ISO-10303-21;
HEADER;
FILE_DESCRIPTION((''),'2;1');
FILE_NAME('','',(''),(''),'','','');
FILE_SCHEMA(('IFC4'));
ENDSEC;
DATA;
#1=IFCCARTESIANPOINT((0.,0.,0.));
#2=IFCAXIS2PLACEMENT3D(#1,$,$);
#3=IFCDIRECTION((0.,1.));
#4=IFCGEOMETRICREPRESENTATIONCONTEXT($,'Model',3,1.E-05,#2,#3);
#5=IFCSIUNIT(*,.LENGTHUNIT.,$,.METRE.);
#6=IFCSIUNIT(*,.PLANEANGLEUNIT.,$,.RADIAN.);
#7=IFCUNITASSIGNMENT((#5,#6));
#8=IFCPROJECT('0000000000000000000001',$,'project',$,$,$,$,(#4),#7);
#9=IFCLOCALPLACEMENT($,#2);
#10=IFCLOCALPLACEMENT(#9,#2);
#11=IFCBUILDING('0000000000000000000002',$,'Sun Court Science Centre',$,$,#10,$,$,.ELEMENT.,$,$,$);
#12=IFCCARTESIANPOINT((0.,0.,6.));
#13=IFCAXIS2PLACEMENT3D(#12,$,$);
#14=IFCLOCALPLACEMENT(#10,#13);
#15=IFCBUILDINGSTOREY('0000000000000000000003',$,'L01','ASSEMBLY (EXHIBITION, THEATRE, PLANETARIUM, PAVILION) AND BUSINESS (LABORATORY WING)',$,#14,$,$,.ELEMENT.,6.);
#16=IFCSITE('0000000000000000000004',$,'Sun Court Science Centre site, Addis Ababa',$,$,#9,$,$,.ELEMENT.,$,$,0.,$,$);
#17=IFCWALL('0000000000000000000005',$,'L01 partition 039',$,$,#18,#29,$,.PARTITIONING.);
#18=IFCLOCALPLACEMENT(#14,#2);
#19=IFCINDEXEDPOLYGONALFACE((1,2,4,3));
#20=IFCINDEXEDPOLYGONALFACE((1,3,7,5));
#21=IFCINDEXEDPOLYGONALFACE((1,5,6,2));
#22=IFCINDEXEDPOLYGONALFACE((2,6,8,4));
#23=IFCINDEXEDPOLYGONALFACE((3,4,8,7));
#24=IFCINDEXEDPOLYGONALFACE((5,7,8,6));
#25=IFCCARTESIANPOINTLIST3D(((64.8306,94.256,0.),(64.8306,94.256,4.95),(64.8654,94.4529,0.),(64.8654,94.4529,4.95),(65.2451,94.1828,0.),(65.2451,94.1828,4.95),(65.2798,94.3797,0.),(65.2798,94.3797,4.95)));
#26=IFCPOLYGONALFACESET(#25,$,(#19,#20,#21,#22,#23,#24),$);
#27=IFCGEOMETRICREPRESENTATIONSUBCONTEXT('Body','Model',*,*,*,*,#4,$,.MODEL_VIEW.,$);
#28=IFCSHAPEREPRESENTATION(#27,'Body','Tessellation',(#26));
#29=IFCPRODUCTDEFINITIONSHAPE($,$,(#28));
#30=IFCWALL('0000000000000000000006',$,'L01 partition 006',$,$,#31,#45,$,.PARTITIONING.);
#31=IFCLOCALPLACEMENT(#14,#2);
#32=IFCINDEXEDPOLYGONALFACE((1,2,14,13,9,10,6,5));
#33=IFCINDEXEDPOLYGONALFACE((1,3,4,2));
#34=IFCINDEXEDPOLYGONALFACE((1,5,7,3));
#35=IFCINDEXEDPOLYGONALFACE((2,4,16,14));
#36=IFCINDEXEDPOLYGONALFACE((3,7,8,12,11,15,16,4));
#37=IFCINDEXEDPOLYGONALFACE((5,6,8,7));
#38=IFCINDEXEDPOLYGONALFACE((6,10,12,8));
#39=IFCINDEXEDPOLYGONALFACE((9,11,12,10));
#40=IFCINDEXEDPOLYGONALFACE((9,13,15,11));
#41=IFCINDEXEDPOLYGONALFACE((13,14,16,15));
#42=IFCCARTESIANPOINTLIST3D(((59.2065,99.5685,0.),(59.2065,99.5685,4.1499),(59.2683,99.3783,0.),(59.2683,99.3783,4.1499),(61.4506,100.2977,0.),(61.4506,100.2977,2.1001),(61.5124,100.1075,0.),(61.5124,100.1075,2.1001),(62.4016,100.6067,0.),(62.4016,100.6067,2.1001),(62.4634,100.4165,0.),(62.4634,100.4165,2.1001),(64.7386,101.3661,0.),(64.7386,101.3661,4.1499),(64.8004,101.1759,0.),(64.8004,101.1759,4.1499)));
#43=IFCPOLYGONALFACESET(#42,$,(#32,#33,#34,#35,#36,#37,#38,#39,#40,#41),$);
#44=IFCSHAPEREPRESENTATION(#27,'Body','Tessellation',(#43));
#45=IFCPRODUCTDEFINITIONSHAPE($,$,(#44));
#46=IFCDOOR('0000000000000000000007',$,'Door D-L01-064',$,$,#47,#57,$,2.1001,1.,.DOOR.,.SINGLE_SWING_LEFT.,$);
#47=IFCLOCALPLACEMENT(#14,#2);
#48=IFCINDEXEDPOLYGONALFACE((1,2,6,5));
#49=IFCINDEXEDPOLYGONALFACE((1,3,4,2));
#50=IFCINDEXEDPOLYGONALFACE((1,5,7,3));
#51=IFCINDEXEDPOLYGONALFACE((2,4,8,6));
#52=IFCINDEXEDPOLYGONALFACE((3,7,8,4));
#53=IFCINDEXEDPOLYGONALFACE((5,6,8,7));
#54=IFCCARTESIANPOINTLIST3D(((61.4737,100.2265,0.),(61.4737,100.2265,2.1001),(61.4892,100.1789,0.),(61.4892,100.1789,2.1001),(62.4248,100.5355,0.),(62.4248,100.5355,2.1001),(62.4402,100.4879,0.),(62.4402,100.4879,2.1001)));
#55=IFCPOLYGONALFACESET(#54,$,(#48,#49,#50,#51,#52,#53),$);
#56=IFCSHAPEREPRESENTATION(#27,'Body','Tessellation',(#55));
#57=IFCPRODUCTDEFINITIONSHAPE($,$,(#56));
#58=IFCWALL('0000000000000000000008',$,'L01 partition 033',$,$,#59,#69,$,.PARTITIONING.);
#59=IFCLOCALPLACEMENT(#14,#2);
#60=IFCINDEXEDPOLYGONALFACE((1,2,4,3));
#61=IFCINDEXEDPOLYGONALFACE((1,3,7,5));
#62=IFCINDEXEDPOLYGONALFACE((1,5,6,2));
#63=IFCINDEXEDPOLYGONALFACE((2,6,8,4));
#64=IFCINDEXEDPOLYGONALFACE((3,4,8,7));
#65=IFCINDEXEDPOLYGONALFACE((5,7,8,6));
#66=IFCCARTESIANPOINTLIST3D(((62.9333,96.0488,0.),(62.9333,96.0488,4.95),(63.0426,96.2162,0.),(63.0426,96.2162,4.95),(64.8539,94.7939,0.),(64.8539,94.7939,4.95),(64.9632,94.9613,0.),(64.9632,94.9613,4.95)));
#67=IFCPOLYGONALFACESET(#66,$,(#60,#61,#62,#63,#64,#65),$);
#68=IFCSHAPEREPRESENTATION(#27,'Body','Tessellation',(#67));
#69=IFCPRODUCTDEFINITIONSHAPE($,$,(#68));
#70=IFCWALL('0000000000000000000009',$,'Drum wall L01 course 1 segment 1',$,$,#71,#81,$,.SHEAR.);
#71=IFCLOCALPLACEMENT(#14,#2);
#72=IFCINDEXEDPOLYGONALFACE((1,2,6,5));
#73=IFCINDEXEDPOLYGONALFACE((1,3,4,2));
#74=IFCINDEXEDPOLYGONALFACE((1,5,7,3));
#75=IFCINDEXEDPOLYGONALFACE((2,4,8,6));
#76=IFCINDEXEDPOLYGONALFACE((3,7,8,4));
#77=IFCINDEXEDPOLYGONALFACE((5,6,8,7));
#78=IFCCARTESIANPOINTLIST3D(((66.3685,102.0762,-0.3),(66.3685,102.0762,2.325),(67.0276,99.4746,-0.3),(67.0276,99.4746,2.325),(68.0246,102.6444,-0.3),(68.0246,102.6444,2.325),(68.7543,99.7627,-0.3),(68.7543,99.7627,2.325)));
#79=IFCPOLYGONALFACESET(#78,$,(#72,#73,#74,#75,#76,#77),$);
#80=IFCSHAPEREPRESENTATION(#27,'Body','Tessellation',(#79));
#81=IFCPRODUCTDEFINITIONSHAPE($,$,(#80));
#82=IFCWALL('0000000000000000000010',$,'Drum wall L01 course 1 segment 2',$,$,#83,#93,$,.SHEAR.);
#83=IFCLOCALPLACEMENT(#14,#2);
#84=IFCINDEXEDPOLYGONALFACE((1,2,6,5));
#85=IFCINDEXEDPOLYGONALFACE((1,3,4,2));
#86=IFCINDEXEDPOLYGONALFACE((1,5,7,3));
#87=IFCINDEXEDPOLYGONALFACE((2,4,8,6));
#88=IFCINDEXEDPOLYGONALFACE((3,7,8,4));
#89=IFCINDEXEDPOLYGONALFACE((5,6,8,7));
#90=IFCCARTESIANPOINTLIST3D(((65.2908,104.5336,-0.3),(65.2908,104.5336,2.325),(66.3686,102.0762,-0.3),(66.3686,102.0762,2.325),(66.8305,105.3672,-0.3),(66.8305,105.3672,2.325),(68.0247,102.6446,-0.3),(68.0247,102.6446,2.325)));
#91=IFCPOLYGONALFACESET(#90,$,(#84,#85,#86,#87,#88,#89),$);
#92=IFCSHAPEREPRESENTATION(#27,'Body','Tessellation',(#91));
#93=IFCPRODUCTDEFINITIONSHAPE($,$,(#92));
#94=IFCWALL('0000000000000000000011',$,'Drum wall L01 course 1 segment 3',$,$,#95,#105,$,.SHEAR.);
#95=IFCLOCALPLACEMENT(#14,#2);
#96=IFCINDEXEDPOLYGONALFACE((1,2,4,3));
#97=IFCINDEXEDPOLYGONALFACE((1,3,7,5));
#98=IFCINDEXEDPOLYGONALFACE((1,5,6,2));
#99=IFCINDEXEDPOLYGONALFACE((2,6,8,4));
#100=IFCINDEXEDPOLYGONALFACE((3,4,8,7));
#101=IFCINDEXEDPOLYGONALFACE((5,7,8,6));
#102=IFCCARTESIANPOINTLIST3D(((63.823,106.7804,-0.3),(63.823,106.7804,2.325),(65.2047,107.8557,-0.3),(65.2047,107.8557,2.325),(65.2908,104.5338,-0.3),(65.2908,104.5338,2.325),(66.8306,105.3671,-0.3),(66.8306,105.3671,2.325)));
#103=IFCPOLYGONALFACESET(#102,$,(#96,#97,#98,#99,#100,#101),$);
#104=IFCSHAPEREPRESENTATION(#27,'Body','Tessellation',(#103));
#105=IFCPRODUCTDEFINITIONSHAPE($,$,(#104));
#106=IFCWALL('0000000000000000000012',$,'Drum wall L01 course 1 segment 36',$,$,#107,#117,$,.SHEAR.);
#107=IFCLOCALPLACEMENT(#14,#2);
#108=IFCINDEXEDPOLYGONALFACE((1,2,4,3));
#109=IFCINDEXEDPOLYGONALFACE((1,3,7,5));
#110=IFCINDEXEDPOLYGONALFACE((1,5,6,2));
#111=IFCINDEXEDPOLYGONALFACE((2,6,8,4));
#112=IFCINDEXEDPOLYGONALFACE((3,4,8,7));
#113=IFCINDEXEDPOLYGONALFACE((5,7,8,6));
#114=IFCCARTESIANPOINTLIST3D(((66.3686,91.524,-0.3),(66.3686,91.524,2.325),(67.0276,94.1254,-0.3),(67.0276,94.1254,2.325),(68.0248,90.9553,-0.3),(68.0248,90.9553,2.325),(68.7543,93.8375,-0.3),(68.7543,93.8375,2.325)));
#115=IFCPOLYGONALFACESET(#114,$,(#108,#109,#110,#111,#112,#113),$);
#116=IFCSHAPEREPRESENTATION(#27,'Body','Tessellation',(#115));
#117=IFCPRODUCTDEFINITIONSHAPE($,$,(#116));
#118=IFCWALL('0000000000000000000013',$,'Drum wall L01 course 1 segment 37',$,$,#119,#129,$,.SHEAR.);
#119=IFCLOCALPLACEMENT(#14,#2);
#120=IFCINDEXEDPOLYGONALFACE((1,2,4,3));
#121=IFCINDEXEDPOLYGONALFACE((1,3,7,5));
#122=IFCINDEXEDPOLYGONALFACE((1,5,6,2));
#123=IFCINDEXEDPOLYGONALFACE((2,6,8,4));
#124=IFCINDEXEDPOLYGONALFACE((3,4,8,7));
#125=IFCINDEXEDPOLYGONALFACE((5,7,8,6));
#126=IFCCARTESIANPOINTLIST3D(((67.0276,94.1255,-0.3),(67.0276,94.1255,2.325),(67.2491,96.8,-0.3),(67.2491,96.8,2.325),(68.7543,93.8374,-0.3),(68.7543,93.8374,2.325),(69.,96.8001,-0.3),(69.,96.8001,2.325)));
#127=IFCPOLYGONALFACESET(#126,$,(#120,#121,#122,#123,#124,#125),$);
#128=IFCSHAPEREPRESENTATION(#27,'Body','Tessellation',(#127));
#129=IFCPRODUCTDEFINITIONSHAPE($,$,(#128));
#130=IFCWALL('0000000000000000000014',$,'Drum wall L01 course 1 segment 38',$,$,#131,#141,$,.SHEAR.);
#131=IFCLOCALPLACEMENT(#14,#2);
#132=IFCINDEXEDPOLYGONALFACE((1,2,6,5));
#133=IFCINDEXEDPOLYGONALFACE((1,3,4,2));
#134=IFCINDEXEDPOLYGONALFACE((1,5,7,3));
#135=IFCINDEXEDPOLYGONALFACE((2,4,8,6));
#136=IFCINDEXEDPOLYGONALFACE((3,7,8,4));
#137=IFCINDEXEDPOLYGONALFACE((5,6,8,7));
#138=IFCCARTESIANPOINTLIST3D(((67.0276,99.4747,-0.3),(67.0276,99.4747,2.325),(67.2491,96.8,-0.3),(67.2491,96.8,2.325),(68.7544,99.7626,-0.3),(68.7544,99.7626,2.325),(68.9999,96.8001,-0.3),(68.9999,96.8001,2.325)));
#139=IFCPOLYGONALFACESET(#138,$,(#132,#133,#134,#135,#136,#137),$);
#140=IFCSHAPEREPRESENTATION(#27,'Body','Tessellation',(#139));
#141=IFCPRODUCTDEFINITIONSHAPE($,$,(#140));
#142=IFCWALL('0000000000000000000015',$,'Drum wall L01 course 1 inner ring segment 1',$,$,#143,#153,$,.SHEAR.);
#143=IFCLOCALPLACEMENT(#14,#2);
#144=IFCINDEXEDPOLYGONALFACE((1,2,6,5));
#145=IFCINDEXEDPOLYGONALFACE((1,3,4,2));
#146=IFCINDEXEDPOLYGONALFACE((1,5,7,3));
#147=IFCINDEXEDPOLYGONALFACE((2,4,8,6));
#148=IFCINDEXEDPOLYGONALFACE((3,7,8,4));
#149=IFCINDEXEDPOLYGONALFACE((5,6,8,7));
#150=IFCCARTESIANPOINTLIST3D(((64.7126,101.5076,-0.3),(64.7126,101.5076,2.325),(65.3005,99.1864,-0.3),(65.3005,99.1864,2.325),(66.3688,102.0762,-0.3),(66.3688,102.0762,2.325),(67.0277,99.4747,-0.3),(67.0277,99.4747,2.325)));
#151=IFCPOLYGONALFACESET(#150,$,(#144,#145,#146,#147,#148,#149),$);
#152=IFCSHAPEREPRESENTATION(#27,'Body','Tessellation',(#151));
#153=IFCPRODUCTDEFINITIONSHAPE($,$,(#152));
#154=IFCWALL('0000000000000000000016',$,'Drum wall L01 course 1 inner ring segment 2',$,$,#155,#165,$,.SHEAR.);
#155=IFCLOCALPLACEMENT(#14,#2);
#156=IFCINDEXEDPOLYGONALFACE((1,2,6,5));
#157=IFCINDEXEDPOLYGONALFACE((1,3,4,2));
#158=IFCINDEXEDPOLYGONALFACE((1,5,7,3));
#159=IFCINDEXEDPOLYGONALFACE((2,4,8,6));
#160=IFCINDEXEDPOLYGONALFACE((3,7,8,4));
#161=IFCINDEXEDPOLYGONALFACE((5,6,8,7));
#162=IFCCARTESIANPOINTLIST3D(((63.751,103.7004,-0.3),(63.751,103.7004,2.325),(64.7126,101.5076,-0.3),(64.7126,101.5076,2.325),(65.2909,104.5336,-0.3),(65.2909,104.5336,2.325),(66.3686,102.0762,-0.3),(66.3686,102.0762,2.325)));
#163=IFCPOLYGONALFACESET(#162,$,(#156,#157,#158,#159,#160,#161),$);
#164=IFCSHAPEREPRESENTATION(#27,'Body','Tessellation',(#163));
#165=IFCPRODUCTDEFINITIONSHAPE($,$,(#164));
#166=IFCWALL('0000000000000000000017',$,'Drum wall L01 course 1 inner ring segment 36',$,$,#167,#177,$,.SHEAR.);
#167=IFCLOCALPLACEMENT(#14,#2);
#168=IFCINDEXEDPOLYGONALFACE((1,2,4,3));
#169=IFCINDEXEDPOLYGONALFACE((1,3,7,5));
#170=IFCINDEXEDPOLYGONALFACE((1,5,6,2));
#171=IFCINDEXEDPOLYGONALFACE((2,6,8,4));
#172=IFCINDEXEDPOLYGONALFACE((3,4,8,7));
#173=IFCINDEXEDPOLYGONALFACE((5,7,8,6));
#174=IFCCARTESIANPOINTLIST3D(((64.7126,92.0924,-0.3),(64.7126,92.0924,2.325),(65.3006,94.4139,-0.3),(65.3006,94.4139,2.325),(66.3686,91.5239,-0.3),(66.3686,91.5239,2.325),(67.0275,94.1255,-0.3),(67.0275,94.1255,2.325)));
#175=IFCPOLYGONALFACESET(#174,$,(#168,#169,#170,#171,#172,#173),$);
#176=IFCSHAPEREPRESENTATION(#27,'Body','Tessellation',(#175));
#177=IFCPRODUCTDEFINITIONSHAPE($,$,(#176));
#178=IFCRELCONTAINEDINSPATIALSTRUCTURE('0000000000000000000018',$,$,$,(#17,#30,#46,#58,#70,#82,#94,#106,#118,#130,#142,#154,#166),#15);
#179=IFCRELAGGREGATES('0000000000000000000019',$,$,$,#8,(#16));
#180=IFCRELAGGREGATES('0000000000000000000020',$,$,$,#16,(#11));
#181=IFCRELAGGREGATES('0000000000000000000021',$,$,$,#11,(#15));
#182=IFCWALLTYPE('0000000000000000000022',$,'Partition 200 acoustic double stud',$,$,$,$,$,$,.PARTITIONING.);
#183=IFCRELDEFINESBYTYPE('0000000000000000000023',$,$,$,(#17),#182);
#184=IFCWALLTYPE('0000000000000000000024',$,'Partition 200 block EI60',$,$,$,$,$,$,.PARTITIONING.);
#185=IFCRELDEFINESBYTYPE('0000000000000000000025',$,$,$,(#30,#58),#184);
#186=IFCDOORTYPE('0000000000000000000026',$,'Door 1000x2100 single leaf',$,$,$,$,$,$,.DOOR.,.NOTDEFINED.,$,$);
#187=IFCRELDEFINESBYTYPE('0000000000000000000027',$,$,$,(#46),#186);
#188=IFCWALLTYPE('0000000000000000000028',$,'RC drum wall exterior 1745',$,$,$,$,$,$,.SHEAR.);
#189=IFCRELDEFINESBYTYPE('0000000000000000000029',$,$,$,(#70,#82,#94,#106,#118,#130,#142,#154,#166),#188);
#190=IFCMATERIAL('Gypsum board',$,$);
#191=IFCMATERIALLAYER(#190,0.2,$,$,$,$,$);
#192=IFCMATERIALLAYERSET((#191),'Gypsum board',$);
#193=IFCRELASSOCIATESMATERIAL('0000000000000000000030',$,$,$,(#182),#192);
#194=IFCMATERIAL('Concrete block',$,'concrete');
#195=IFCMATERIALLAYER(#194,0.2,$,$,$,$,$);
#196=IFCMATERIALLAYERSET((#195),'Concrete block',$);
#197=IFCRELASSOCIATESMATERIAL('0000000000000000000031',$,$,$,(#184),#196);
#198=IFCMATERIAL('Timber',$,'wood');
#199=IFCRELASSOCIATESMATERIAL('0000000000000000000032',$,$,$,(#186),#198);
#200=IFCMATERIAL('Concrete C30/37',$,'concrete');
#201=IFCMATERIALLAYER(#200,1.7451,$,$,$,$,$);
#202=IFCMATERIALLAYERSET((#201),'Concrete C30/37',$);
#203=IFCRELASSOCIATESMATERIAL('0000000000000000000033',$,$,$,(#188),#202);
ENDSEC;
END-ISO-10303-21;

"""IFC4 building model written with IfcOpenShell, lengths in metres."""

from ifc_helpers import new_model, si_unit, direction, frame, frame_2d, origin, place, context, subcontext, project, spatial, polyline, rectangle, outline, extrude, material, layer, layer_set, type_object, element, fill, save


model = new_model("IFC4")

# Units and contexts
model_context = context("Model", 3, precision=1e-05, world=origin(), true_north=direction((0.0, 1.0)))
body_context = subcontext(model_context, "Body", "Model", "MODEL_VIEW")
ifc_project = project(units=[si_unit("LENGTHUNIT", "METRE"), si_unit("PLANEANGLEUNIT", "RADIAN")], contexts=[model_context])

# Site, building, storey
site_placement = place(None, origin())
site = spatial("IfcSite", under=ifc_project, at=site_placement, Name="Sun Court Science Centre site, Addis Ababa", CompositionType="ELEMENT", RefElevation=0.0)
building_placement = place(site_placement, origin())
building = spatial("IfcBuilding", under=site, at=building_placement, Name="Sun Court Science Centre", CompositionType="ELEMENT")
storey_placement = place(building_placement, frame((0.0, 0.0, 6.0)))
storey = spatial("IfcBuildingStorey", under=building, at=storey_placement, Name="L01", Description="ASSEMBLY (EXHIBITION, THEATRE, PLANETARIUM, PAVILION) AND BUSINESS (LABORATORY WING)", CompositionType="ELEMENT", Elevation=6.0)

# Wall
ifc_material_1 = material(Name="Gypsum board")
ifc_layer_1 = layer(ifc_material_1, 0.2)
ifc_layer_set_1 = layer_set([ifc_layer_1], Name="Gypsum board")
wall_type_1 = type_object("IfcWallType", Name="Partition 200 acoustic double stud", PredefinedType="PARTITIONING", material=ifc_layer_set_1)
wall_1_placement = place(storey_placement, frame((65.2625, 94.2812, 0.0), z_axis=(0.0, 0.0, 1.0), x_axis=(-0.984749, 0.173984, 0.0)))
element("IfcWall", 1, at=wall_1_placement, inside=storey, type_object=wall_type_1, Name="L01 partition 039", PredefinedType="PARTITIONING", context=body_context, shape_type="SweptSolid", body=[
    extrude(rectangle(XDim=0.4209, YDim=0.2, at=frame_2d((0.2104, 0.0))), origin(), (0.0, 0.0, 1.0), 4.95),
])

# Wall, opening, door
ifc_material_2 = material(Name="Concrete block", Category="concrete")
ifc_layer_2 = layer(ifc_material_2, 0.2)
ifc_layer_set_2 = layer_set([ifc_layer_2], Name="Concrete block")
wall_type_2 = type_object("IfcWallType", Name="Partition 200 block EI60", PredefinedType="PARTITIONING", material=ifc_layer_set_2)
wall_2_placement = place(storey_placement, frame((64.7695, 101.271, 0.0), z_axis=(0.0, 0.0, 1.0), x_axis=(-0.951053, -0.309029, 0.0)))
wall_2 = element("IfcWall", 2, at=wall_2_placement, inside=storey, type_object=wall_type_2, Name="L01 partition 006", PredefinedType="PARTITIONING", context=body_context, shape_type="SweptSolid", body=[
    extrude(rectangle(XDim=5.8169, YDim=0.2, at=frame_2d((2.9084, 0.0))), origin(), (0.0, 0.0, 1.0), 4.1499),
])
opening_placement = place(wall_2_placement, frame((2.4573, 0.0, 0.0)))
opening = element("IfcOpeningElement", 3, at=opening_placement, cuts=wall_2, PredefinedType="OPENING", context=body_context, shape_type="SweptSolid", body=[
    extrude(rectangle(XDim=1.0, YDim=2.1001, at=frame_2d((0.5, 1.05))), frame((0.0, 0.1099, 0.0), z_axis=(0.0, -1.0, 0.0), x_axis=(1.0, 0.0, 0.0)), (0.0, 0.0, 1.0), 0.22),
])
ifc_material_3 = material(Name="Timber", Category="wood")
door_type = type_object("IfcDoorType", Name="Door 1000x2100 single leaf", OperationType="NOTDEFINED", PredefinedType="DOOR", material=ifc_material_3)
door_placement = place(opening_placement, origin())
door = element("IfcDoor", 4, at=door_placement, inside=storey, type_object=door_type, Name="Door D-L01-064", OperationType="SINGLE_SWING_LEFT", OverallHeight=2.1001, OverallWidth=1.0, PredefinedType="DOOR", context=body_context, shape_type="SweptSolid", body=[
    extrude(rectangle(XDim=1.0, YDim=2.1001, at=frame_2d((0.5, 1.05))), frame((0.0, 0.0249, 0.0), z_axis=(0.0, -1.0, 0.0), x_axis=(1.0, 0.0, 0.0)), (0.0, 0.0, 1.0), 0.05),
])
fill(opening, door)

# Walls
wall_3_placement = place(storey_placement, frame((64.9084, 94.8777, 0.0), z_axis=(0.0, 0.0, 1.0), x_axis=(-0.837155, 0.546965, 0.0)))
element("IfcWall", 5, at=wall_3_placement, inside=storey, type_object=wall_type_2, Name="L01 partition 033", PredefinedType="PARTITIONING", context=body_context, shape_type="SweptSolid", body=[
    extrude(rectangle(XDim=2.2942, YDim=0.2, at=frame_2d((1.147, 0.0))), origin(), (0.0, 0.0, 1.0), 4.95),
])
ifc_material_4 = material(Name="Concrete C30/37", Category="concrete")
ifc_layer_3 = layer(ifc_material_4, 1.7451)
ifc_layer_set_3 = layer_set([ifc_layer_3], Name="Concrete C30/37")
wall_type_3 = type_object("IfcWallType", Name="RC drum wall exterior 1745", PredefinedType="SHEAR", material=ifc_layer_set_3)
wall_4_placement = place(storey_placement, frame((67.9087, 99.5486, -0.3), z_axis=(0.0, 0.0, 1.0), x_axis=(-0.245472, 0.969404, 0.0)))
element("IfcWall", 6, at=wall_4_placement, inside=storey, type_object=wall_type_3, Name="Drum wall L01 course 1 segment 1", PredefinedType="SHEAR", context=body_context, shape_type="SweptSolid", body=[
    extrude(outline(polyline([(0.0, -0.8723), (2.9727, -0.8723), (2.8284, 0.8726), (0.1445, 0.8723), (0.0, -0.8723)])), origin(), (0.0, 0.0, 1.0), 2.625),
])
wall_5_placement = place(storey_placement, frame((67.2258, 102.2942, -0.3), z_axis=(0.0, 0.0, 1.0), x_axis=(-0.401745, 0.915752, 0.0)))
element("IfcWall", 7, at=wall_5_placement, inside=storey, type_object=wall_type_3, Name="Drum wall L01 course 1 segment 2", PredefinedType="SHEAR", context=body_context, shape_type="SweptSolid", body=[
    extrude(outline(polyline([(0.0, -0.8723), (2.9729, -0.8726), (2.8281, 0.8723), (0.1448, 0.8726), (0.0, -0.8723)])), origin(), (0.0, 0.0, 1.0), 2.625),
])
wall_6_placement = place(storey_placement, frame((66.1001, 104.8899, -0.3), z_axis=(0.0, 0.0, 1.0), x_axis=(-0.546944, 0.837169, 0.0)))
element("IfcWall", 8, at=wall_6_placement, inside=storey, type_object=wall_type_3, Name="Drum wall L01 course 1 segment 3", PredefinedType="SHEAR", context=body_context, shape_type="SweptSolid", body=[
    extrude(outline(polyline([(0.0, -0.8726), (2.9727, -0.8726), (2.8281, 0.8723), (0.1445, 0.8723), (0.0, -0.8726)])), origin(), (0.0, 0.0, 1.0), 2.625),
])
wall_7_placement = place(storey_placement, frame((67.179, 91.1697, -0.3), z_axis=(0.0, 0.0, 1.0), x_axis=(0.245472, 0.969404, 0.0)))
element("IfcWall", 9, at=wall_7_placement, inside=storey, type_object=wall_type_3, Name="Drum wall L01 course 1 segment 36", PredefinedType="SHEAR", context=body_context, shape_type="SweptSolid", body=[
    extrude(outline(polyline([(-0.0002, -0.8726), (2.9729, -0.8723), (2.8281, 0.8723), (0.1445, 0.8726), (-0.0002, -0.8726)])), origin(), (0.0, 0.0, 1.0), 2.625),
])
wall_8_placement = place(storey_placement, frame((67.885, 93.9094, -0.3), z_axis=(0.0, 0.0, 1.0), x_axis=(0.082617, 0.996581, 0.0)))
element("IfcWall", 10, at=wall_8_placement, inside=storey, type_object=wall_type_3, Name="Drum wall L01 course 1 segment 37", PredefinedType="SHEAR", context=body_context, shape_type="SweptSolid", body=[
    extrude(outline(polyline([(0.0, -0.8723), (2.9729, -0.8723), (2.8281, 0.8726), (0.1445, 0.8723), (0.0, -0.8723)])), origin(), (0.0, 0.0, 1.0), 2.625),
])
wall_9_placement = place(storey_placement, frame((68.1306, 96.728, -0.3), z_axis=(0.0, 0.0, 1.0), x_axis=(-0.082617, 0.996581, 0.0)))
element("IfcWall", 11, at=wall_9_placement, inside=storey, type_object=wall_type_3, Name="Drum wall L01 course 1 segment 38", PredefinedType="SHEAR", context=body_context, shape_type="SweptSolid", body=[
    extrude(outline(polyline([(0.0, -0.8723), (2.9727, -0.8723), (2.8284, 0.8723), (0.1445, 0.8726), (0.0, -0.8723)])), origin(), (0.0, 0.0, 1.0), 2.625),
])
wall_10_placement = place(storey_placement, frame((66.1819, 99.2603, -0.3), z_axis=(0.0, 0.0, 1.0), x_axis=(-0.245531, 0.969389, 0.0)))
element("IfcWall", 12, at=wall_10_placement, inside=storey, type_object=wall_type_3, Name="Drum wall L01 course 1 inner ring segment 1", PredefinedType="SHEAR", context=body_context, shape_type="SweptSolid", body=[
    extrude(outline(polyline([(0.0002, -0.8726), (2.6838, -0.8726), (2.5393, 0.8726), (0.1448, 0.8726), (0.0002, -0.8726)])), origin(), (0.0, 0.0, 1.0), 2.625),
])
wall_11_placement = place(storey_placement, frame((65.5698, 101.7256, -0.3), z_axis=(0.0, 0.0, 1.0), x_axis=(-0.401711, 0.915766, 0.0)))
element("IfcWall", 13, at=wall_11_placement, inside=storey, type_object=wall_type_3, Name="Drum wall L01 course 1 inner ring segment 2", PredefinedType="SHEAR", context=body_context, shape_type="SweptSolid", body=[
    extrude(outline(polyline([(0.0002, -0.8723), (2.6836, -0.8726), (2.5391, 0.8723), (0.1448, 0.8726), (0.0002, -0.8723)])), origin(), (0.0, 0.0, 1.0), 2.625),
])
wall_12_placement = place(storey_placement, frame((65.5229, 91.738, -0.3), z_axis=(0.0, 0.0, 1.0), x_axis=(0.245531, 0.969389, 0.0)))
element("IfcWall", 14, at=wall_12_placement, inside=storey, type_object=wall_type_3, Name="Drum wall L01 course 1 inner ring segment 36", PredefinedType="SHEAR", context=body_context, shape_type="SweptSolid", body=[
    extrude(outline(polyline([(0.0, -0.8723), (2.6838, -0.8723), (2.5393, 0.8726), (0.1445, 0.8726), (0.0, -0.8723)])), origin(), (0.0, 0.0, 1.0), 2.625),
])

save(model, "model.ifc")
